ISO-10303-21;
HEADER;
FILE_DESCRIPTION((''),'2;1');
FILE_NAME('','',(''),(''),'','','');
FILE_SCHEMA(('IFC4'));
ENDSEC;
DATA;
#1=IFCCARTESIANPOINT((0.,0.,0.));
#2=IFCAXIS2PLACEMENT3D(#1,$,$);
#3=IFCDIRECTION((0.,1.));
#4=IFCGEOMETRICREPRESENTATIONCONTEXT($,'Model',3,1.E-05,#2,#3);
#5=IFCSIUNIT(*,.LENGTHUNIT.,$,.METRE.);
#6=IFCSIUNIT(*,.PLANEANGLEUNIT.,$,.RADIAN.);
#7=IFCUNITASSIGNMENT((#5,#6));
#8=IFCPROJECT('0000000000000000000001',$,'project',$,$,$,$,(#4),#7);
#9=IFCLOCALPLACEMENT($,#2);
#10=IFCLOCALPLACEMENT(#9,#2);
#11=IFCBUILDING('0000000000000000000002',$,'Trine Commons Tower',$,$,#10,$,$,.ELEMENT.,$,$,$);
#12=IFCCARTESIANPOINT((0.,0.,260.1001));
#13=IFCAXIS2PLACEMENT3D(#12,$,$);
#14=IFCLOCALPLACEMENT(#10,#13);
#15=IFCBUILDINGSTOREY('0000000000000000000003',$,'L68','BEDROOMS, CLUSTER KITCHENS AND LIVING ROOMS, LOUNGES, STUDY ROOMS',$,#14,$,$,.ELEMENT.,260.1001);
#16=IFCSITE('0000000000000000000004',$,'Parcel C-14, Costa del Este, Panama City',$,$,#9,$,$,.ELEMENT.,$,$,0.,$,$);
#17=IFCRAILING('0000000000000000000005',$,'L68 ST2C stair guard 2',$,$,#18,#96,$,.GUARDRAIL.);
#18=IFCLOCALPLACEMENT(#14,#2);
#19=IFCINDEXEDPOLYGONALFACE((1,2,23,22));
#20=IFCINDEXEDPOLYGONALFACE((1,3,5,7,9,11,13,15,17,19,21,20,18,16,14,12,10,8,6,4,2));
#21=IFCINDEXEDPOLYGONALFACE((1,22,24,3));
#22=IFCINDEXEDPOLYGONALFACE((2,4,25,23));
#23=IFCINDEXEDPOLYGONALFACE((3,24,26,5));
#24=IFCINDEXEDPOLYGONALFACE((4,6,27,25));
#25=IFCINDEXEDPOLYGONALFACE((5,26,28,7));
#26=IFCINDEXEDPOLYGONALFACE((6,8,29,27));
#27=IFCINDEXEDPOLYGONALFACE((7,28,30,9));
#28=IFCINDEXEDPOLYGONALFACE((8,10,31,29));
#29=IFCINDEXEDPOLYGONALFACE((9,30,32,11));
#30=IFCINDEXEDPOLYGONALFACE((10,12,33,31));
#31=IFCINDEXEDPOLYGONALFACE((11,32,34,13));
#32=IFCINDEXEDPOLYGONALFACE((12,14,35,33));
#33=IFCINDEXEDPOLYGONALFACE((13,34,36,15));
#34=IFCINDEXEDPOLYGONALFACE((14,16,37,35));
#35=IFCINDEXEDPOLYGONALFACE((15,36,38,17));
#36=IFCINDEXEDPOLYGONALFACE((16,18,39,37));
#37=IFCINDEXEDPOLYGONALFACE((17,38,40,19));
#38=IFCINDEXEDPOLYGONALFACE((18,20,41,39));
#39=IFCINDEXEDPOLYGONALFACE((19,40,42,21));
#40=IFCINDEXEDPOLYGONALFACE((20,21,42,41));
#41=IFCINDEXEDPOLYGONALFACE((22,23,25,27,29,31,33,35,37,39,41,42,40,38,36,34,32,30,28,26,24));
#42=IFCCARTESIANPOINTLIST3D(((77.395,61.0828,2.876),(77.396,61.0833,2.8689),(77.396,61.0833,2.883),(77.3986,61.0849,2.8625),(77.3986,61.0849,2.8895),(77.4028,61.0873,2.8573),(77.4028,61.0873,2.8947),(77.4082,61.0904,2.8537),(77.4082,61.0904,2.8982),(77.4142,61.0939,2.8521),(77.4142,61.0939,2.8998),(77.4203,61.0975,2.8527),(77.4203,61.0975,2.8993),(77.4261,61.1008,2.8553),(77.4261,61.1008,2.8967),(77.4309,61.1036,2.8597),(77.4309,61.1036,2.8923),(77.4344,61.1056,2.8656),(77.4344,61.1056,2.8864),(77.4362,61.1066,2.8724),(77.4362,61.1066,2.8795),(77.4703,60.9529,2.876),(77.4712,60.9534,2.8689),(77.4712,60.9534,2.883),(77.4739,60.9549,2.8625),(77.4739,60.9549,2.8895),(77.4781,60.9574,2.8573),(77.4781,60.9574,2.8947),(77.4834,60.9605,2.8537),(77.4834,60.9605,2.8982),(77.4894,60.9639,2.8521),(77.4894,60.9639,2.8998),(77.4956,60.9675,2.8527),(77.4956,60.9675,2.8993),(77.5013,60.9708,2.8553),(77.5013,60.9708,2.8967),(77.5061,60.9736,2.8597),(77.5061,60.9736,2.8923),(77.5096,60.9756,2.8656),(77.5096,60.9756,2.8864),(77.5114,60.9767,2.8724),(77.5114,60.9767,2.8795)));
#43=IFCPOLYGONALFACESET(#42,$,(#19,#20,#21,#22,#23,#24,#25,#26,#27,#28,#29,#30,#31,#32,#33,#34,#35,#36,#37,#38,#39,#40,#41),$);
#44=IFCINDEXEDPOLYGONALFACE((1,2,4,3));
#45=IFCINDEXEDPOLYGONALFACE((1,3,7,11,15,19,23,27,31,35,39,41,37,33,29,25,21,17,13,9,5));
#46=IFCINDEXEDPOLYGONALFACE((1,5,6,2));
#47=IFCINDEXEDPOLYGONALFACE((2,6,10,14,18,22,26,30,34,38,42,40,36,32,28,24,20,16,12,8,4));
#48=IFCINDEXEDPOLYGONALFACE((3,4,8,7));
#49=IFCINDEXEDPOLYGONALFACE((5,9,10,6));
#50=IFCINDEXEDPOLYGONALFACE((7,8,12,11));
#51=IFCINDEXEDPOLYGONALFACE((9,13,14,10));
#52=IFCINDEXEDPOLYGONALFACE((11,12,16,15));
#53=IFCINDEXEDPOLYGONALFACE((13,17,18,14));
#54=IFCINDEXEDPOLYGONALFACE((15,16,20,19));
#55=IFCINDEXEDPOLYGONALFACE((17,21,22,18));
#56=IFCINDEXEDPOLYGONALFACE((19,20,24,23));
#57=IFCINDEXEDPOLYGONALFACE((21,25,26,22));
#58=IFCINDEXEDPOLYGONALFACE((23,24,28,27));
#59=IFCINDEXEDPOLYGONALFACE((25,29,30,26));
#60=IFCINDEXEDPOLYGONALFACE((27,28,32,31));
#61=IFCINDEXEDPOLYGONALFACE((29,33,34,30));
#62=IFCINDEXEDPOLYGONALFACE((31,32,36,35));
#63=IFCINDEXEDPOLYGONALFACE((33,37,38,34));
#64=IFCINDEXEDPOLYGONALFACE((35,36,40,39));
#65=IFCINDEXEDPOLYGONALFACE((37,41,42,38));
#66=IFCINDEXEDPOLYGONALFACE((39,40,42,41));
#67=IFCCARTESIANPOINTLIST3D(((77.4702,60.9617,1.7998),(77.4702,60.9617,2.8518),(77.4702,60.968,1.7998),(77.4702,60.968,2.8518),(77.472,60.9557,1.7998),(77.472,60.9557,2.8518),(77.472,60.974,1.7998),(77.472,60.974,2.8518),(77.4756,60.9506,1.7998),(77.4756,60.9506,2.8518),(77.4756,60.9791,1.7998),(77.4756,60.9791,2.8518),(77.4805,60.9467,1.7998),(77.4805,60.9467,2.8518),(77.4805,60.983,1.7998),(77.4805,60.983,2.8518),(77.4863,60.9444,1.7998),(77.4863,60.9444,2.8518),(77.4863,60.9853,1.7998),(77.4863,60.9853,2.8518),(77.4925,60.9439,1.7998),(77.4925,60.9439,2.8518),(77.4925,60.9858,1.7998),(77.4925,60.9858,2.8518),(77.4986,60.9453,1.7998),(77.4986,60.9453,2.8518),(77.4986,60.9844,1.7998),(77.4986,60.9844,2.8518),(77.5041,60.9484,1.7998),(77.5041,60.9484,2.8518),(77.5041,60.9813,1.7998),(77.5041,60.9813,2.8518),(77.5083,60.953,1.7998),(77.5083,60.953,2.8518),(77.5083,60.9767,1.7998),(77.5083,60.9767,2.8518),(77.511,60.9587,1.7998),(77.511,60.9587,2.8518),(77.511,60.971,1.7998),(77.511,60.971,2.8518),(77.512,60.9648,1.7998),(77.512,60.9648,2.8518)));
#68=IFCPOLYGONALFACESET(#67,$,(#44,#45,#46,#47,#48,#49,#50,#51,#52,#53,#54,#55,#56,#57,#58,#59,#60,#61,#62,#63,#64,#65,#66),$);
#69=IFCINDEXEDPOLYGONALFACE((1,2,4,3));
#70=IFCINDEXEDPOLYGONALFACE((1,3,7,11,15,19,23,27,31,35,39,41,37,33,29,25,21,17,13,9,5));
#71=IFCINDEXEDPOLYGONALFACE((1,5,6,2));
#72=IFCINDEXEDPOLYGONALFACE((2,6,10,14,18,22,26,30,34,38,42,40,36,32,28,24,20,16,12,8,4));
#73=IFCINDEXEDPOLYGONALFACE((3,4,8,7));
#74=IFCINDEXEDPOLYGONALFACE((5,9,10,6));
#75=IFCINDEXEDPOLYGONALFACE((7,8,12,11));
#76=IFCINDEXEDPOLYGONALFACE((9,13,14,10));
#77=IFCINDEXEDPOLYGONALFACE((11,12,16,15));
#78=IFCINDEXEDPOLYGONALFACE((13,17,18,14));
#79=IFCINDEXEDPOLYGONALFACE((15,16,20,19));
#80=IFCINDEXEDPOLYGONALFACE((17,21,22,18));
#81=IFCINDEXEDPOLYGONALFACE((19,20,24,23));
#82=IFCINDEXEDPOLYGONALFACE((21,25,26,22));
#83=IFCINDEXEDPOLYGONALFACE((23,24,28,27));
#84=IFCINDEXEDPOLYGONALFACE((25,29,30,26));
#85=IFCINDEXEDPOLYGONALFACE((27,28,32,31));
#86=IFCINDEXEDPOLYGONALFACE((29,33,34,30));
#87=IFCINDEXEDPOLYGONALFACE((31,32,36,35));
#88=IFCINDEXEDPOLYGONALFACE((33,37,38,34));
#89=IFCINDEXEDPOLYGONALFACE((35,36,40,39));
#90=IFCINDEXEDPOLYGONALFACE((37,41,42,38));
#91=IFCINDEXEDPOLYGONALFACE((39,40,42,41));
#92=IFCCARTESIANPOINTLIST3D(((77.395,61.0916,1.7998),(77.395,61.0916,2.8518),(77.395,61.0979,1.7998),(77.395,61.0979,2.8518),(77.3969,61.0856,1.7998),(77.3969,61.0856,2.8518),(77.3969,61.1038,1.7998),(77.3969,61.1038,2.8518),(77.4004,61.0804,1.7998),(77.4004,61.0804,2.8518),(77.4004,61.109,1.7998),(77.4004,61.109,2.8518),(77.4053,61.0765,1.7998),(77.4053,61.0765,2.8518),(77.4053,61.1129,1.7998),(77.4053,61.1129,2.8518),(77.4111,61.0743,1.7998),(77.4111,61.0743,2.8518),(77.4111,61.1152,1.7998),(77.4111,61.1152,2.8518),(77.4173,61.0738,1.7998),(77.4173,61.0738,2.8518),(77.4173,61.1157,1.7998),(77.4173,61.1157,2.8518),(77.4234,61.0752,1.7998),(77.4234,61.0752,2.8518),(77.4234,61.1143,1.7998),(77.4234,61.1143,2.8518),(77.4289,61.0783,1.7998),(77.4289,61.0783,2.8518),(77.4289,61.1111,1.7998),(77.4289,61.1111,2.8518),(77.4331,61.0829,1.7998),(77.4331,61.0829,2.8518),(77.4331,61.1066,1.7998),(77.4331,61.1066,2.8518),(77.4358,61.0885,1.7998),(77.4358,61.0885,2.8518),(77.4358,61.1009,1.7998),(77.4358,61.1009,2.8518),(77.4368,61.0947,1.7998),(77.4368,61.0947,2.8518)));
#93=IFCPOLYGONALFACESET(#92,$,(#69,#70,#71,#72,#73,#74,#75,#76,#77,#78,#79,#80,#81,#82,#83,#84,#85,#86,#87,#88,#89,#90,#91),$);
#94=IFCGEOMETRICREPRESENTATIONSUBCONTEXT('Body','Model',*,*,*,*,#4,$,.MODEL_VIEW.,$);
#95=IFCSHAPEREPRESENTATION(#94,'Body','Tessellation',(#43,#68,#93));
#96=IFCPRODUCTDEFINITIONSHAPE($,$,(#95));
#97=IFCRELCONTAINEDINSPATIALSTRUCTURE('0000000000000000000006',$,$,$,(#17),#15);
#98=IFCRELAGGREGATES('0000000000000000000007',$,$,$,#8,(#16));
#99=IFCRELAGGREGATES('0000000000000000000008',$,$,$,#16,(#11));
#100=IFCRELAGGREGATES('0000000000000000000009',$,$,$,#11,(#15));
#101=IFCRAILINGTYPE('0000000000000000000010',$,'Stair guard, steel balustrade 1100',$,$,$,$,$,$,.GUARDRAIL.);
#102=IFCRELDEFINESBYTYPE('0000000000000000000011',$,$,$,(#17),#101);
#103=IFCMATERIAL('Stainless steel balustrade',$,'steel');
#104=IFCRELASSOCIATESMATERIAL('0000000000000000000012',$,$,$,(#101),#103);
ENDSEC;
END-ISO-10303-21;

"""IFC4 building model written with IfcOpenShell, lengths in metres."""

from ifc_helpers import new_model, si_unit, direction, frame, origin, origin_2d, place, context, subcontext, project, spatial, circle, extrude, material, type_object, element, save


model = new_model("IFC4")

# Units and contexts
model_context = context("Model", 3, precision=1e-05, world=origin(), true_north=direction((0.0, 1.0)))
body_context = subcontext(model_context, "Body", "Model", "MODEL_VIEW")
ifc_project = project(units=[si_unit("LENGTHUNIT", "METRE"), si_unit("PLANEANGLEUNIT", "RADIAN")], contexts=[model_context])

# Site, building, storey
site_placement = place(None, origin())
site = spatial("IfcSite", under=ifc_project, at=site_placement, Name="Parcel C-14, Costa del Este, Panama City", CompositionType="ELEMENT", RefElevation=0.0)
building_placement = place(site_placement, origin())
building = spatial("IfcBuilding", under=site, at=building_placement, Name="Trine Commons Tower", CompositionType="ELEMENT")
storey_placement = place(building_placement, frame((0.0, 0.0, 260.1001)))
storey = spatial("IfcBuildingStorey", under=building, at=storey_placement, Name="L68", Description="BEDROOMS, CLUSTER KITCHENS AND LIVING ROOMS, LOUNGES, STUDY ROOMS", CompositionType="ELEMENT", Elevation=260.1001)

# Railing
ifc_material_1 = material(Name="Stainless steel balustrade", Category="steel")
railing_type_1 = type_object("IfcRailingType", Name="Stair guard, steel balustrade 1100", PredefinedType="GUARDRAIL", material=ifc_material_1)
railing_1_placement = place(storey_placement, frame((77.491, 60.9648, 1.7998)))
element("IfcRailing", 1, at=railing_1_placement, inside=storey, type_object=railing_type_1, Name="L68 ST2C stair guard 2", PredefinedType="GUARDRAIL", context=body_context, shape_type="SweptSolid", body=[
    extrude(circle(Radius=0.0239, at=origin_2d()), frame((0.0, 0.0, 1.0762), z_axis=(-0.501036, 0.865426, 0.0), x_axis=(-0.865426, -0.501036, 0.0)), (0.0, 0.0, 1.0), 0.1501),
    extrude(circle(Radius=0.021, at=origin_2d()), origin(), (0.0, 0.0, 1.0), 1.052),
    extrude(circle(Radius=0.021, at=origin_2d()), frame((-0.0752, 0.1299, 0.0)), (0.0, 0.0, 1.0), 1.052),
])

save(model, "model.ifc")
